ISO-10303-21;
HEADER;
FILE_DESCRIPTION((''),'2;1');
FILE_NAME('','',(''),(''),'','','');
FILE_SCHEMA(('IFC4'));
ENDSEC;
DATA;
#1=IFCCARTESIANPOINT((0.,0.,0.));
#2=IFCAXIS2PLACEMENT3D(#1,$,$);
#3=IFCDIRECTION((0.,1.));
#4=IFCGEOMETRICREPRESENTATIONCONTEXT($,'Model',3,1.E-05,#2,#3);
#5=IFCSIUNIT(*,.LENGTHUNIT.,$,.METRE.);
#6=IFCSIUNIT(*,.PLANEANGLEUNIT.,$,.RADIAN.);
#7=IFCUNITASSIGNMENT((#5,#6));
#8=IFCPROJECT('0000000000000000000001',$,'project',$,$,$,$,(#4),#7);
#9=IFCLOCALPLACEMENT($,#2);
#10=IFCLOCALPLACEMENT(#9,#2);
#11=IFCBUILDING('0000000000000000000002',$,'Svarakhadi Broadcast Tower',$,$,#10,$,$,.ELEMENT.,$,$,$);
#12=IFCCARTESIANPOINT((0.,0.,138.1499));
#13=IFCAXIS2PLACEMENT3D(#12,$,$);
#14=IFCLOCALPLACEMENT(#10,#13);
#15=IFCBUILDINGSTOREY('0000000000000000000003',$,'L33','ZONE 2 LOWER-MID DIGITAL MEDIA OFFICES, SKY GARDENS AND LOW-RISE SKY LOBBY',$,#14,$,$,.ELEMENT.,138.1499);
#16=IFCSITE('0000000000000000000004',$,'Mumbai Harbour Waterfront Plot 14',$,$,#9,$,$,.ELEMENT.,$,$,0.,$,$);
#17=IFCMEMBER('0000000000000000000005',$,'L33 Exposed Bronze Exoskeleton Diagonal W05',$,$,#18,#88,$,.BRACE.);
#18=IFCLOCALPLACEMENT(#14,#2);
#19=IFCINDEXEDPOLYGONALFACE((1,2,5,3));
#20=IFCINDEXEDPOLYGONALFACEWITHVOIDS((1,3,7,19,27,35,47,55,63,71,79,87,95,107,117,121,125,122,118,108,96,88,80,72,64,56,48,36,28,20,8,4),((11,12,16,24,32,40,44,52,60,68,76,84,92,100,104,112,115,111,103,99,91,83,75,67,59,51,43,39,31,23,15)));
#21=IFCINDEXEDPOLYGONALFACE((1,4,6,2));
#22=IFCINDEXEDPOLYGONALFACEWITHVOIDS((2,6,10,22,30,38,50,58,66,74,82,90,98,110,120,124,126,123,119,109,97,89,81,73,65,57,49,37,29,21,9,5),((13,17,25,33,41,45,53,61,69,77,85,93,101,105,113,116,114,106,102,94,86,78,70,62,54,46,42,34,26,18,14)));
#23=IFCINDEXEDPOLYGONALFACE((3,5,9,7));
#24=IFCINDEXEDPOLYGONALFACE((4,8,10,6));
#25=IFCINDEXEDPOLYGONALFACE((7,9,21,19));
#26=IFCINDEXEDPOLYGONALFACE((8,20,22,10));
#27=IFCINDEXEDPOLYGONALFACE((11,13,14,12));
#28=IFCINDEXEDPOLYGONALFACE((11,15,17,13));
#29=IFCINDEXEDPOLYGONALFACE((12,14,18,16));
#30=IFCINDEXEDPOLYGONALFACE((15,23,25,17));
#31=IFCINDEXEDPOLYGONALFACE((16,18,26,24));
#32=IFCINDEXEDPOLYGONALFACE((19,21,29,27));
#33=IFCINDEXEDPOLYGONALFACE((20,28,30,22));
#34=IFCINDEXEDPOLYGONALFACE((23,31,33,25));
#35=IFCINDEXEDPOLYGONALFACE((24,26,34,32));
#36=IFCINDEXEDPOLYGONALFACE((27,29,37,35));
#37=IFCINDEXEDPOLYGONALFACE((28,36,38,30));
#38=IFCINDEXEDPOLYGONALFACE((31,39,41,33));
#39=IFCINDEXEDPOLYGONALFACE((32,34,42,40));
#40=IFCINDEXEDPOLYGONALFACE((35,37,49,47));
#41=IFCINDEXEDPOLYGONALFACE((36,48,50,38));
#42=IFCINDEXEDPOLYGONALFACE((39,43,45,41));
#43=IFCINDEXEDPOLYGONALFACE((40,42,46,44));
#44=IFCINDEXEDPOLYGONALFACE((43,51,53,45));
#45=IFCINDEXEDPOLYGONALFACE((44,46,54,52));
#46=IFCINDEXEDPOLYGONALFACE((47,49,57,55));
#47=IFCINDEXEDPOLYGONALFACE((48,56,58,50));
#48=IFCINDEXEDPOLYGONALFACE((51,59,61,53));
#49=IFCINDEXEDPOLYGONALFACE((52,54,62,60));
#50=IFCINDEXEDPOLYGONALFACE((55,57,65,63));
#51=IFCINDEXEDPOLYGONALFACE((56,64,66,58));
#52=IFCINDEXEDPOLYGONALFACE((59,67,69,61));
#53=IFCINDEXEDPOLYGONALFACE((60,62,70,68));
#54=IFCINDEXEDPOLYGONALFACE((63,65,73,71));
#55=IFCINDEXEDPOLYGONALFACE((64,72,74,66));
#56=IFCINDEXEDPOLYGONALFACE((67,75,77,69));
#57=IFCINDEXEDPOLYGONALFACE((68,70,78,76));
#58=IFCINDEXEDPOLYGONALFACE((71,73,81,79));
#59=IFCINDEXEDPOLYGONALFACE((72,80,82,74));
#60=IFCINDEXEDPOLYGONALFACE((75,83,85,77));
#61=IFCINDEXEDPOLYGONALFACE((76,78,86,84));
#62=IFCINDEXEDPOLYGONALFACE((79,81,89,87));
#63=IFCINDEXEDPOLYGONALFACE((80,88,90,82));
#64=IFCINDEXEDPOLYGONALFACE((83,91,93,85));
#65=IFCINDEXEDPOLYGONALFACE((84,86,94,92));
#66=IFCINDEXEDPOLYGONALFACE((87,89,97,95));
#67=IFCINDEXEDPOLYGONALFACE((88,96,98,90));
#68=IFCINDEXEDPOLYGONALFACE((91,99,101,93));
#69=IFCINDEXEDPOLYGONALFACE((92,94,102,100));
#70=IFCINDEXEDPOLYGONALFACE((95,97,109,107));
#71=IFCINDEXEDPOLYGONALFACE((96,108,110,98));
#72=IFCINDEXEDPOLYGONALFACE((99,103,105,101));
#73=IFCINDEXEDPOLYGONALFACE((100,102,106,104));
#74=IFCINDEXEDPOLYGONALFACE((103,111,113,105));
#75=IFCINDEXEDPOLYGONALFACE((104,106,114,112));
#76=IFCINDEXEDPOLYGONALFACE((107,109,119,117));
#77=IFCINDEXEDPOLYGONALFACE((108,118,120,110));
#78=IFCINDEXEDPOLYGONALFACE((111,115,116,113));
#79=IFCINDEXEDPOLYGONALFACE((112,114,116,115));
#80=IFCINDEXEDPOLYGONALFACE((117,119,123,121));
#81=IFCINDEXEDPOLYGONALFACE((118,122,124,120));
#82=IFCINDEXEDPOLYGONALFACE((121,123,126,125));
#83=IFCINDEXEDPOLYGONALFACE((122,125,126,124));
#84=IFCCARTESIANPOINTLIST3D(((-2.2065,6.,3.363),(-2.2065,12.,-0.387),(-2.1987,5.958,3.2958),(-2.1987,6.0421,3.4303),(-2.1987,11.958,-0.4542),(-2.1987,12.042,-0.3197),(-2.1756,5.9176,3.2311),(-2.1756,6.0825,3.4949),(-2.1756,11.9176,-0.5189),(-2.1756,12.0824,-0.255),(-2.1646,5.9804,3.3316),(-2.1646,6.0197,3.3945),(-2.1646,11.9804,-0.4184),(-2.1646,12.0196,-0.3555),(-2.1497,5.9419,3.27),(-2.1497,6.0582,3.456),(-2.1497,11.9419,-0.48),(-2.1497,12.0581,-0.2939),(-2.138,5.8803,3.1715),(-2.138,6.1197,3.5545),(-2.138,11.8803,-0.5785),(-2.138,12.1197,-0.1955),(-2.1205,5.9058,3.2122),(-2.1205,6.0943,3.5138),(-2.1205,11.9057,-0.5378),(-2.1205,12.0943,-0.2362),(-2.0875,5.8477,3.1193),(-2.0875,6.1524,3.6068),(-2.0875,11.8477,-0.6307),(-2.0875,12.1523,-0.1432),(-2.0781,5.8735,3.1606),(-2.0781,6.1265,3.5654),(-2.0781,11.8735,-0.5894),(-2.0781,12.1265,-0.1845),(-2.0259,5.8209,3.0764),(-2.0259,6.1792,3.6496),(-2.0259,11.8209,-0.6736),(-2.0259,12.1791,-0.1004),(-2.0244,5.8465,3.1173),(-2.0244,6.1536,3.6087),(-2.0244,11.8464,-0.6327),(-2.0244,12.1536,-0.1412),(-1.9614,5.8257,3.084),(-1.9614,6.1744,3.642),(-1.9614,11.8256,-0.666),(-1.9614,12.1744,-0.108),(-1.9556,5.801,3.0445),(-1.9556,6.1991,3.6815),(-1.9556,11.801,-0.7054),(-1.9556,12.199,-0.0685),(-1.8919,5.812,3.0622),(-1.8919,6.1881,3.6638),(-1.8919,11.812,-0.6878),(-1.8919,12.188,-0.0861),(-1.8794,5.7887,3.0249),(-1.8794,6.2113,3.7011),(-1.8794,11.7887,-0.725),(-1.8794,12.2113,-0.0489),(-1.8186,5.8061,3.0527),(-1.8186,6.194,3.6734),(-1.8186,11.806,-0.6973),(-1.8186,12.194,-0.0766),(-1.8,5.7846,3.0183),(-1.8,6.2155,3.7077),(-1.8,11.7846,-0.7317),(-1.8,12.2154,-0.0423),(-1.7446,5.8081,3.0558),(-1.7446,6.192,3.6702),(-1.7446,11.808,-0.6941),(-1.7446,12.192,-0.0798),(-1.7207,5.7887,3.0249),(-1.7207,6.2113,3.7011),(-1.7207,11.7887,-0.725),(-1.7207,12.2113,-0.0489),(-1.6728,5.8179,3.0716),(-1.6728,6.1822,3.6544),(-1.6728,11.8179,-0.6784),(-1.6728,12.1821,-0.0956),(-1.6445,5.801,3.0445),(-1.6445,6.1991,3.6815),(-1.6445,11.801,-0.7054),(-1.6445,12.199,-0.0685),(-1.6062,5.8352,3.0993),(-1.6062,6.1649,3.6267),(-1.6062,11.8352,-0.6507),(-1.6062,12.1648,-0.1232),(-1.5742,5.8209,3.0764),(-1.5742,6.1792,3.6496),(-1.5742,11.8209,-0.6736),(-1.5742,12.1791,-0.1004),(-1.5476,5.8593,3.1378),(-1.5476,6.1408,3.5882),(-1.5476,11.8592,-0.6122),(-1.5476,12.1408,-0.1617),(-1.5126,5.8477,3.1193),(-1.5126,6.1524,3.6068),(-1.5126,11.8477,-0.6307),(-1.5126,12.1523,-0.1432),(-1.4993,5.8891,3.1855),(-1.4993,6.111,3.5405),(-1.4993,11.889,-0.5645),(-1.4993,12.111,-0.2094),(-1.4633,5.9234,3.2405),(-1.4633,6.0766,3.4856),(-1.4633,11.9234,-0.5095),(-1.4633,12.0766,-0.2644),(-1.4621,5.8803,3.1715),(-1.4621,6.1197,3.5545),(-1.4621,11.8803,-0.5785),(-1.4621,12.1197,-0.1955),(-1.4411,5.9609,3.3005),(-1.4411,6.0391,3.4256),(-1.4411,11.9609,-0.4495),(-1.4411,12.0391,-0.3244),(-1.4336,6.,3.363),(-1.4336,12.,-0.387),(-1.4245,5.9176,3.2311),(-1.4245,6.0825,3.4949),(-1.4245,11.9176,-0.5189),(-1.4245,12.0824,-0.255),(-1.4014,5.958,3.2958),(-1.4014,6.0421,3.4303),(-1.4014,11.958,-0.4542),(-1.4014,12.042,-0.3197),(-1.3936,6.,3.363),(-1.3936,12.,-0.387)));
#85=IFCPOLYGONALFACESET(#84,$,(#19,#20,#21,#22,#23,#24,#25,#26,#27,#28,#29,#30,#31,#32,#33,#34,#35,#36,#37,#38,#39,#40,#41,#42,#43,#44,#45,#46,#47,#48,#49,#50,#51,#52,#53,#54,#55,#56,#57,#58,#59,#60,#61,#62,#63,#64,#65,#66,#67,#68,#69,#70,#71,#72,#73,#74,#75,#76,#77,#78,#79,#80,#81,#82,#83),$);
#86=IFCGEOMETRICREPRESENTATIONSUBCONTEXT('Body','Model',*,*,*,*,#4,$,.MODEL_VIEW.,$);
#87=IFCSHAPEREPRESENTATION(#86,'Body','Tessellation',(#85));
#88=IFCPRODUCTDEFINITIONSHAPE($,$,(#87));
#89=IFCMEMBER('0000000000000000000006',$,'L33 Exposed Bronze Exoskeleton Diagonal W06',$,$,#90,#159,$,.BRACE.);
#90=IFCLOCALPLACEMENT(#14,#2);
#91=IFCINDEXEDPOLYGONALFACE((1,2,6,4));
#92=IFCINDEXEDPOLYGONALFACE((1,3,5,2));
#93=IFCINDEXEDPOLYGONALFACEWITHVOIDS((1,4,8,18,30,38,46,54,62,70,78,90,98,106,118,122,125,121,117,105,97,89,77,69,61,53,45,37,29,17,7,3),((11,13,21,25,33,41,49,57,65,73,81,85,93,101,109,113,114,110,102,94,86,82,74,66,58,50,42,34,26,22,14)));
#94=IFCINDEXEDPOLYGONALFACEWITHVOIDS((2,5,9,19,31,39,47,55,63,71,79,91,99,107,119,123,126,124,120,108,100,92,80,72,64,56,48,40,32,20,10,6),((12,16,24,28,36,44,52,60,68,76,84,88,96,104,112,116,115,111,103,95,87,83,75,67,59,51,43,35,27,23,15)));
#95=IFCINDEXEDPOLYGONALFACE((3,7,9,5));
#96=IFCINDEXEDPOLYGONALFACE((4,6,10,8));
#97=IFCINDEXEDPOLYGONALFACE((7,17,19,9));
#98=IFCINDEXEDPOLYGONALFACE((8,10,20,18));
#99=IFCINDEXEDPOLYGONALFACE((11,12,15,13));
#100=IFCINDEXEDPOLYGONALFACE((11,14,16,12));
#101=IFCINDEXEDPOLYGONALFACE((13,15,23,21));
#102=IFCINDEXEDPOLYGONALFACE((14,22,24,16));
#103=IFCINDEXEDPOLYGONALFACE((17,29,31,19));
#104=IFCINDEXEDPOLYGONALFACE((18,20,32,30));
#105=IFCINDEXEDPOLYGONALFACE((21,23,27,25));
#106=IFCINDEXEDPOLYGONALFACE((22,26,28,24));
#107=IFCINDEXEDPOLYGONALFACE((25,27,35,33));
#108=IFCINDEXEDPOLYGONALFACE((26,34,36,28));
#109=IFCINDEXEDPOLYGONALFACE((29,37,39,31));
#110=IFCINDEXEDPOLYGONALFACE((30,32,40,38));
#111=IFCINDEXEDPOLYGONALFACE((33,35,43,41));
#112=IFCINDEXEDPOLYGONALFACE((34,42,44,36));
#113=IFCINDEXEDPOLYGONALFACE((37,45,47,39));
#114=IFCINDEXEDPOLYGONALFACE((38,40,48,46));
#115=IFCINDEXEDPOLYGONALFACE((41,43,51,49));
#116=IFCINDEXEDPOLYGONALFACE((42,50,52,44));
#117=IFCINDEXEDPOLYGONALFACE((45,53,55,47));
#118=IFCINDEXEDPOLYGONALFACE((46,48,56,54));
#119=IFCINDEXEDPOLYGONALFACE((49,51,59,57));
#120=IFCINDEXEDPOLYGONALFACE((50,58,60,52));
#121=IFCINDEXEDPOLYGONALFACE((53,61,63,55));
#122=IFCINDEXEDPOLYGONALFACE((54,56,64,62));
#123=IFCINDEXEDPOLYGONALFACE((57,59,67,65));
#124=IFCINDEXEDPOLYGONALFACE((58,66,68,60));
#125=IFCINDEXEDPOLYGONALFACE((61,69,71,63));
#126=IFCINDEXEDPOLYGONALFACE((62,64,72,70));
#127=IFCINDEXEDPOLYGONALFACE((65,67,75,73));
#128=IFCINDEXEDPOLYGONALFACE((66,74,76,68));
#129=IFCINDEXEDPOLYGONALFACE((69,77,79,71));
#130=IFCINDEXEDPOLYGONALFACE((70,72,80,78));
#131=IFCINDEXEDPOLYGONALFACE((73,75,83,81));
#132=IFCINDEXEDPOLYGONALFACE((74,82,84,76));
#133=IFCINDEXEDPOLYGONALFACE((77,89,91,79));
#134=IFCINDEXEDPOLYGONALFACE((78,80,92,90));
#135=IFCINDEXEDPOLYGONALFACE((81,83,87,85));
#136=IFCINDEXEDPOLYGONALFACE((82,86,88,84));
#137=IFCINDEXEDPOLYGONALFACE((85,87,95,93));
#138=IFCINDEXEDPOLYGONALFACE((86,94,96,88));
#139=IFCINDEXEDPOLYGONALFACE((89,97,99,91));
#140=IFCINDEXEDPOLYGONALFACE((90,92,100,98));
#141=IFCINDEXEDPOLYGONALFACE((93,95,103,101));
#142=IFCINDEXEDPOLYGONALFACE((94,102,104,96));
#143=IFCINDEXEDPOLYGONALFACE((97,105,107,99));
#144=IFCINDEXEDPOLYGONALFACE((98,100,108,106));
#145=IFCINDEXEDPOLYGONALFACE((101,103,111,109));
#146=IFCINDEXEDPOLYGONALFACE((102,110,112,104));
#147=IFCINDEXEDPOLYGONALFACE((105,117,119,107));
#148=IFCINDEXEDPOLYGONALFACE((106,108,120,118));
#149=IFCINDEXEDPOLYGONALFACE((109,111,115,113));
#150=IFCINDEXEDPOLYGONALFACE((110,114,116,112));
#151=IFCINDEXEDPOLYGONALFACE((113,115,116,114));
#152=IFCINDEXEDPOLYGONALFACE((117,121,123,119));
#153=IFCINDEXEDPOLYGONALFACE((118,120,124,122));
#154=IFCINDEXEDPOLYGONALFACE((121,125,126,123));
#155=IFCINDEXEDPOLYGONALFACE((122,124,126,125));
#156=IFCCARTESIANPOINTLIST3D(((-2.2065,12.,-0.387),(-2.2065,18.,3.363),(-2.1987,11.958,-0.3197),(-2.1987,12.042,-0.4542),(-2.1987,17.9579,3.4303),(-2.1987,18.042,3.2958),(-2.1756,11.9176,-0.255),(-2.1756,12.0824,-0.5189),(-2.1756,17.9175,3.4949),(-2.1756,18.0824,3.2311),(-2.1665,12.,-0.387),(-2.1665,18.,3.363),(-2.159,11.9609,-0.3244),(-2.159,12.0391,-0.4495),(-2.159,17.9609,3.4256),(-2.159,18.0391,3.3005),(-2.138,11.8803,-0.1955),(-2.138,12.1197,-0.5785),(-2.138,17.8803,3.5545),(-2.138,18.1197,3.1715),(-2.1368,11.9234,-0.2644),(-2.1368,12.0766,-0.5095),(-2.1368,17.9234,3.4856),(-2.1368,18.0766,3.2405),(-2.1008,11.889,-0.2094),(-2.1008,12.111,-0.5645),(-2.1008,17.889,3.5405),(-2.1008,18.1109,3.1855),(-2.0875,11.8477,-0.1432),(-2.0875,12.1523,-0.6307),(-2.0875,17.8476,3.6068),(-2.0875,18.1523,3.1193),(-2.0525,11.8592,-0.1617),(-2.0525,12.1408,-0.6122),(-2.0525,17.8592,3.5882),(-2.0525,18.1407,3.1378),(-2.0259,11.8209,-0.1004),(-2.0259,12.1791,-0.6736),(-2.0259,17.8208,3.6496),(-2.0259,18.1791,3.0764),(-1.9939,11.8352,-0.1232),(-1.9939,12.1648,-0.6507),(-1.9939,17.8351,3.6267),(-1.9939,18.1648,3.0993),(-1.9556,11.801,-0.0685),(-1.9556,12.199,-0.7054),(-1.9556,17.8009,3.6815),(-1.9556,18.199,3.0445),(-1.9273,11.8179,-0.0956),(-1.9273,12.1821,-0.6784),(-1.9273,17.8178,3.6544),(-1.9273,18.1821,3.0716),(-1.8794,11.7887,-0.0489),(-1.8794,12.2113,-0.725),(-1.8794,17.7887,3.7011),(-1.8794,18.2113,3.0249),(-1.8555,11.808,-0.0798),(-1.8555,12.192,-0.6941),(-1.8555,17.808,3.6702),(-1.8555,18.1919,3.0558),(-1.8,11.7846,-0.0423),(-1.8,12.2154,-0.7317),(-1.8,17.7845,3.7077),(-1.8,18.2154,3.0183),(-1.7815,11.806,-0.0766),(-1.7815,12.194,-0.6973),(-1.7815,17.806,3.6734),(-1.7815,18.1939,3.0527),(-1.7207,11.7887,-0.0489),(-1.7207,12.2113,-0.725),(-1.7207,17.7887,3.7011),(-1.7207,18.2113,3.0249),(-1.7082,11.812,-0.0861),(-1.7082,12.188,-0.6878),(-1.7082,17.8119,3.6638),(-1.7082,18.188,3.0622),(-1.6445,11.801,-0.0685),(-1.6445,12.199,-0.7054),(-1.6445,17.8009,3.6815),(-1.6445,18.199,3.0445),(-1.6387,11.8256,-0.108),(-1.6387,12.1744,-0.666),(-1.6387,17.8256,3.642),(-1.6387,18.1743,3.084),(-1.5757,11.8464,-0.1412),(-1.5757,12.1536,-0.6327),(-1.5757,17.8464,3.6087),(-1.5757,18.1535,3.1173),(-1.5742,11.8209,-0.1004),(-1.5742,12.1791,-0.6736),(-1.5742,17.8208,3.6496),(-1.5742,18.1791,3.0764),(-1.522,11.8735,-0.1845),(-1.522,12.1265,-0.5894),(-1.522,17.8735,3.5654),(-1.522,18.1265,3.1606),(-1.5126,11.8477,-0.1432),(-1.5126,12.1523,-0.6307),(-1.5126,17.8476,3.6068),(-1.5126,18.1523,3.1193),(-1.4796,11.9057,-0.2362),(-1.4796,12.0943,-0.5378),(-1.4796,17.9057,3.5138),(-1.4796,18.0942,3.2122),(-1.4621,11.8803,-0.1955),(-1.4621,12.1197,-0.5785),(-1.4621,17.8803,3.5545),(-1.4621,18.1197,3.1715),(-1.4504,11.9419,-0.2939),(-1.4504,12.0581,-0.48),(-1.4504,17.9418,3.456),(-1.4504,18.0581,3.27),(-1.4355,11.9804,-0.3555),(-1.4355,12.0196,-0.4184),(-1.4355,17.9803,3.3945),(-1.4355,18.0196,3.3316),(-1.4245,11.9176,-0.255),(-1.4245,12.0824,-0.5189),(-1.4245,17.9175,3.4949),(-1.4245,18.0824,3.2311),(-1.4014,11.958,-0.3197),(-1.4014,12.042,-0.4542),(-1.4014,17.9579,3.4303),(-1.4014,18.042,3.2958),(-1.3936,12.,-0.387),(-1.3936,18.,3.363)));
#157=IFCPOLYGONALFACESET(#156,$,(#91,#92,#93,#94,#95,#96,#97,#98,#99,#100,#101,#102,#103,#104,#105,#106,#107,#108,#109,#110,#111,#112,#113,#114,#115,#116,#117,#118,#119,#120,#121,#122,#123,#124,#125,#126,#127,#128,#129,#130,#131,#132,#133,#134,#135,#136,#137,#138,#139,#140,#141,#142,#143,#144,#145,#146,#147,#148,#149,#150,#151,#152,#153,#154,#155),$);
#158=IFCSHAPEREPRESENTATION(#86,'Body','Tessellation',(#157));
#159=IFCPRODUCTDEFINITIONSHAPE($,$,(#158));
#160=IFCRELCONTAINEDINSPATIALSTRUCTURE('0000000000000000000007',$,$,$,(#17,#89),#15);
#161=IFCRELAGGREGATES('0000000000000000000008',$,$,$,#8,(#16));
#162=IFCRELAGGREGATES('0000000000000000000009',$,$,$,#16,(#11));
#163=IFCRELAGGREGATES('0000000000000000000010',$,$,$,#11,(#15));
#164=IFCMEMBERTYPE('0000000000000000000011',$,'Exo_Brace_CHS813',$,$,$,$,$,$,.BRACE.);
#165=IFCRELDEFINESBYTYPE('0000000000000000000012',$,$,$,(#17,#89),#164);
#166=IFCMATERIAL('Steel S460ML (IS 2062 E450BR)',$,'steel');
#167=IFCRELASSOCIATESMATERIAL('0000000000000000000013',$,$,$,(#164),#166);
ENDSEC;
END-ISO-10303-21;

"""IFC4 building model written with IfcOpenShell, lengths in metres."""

from ifc_helpers import new_model, si_unit, direction, frame, origin, origin_2d, place, context, subcontext, project, spatial, hollow_circle, extrude, material, material_profile, profile_set, type_object, element, save


model = new_model("IFC4")

# Units and contexts
model_context = context("Model", 3, precision=1e-05, world=origin(), true_north=direction((0.0, 1.0)))
body_context = subcontext(model_context, "Body", "Model", "MODEL_VIEW")
ifc_project = project(units=[si_unit("LENGTHUNIT", "METRE"), si_unit("PLANEANGLEUNIT", "RADIAN")], contexts=[model_context])

# Site, building, storey
site_placement = place(None, origin())
site = spatial("IfcSite", under=ifc_project, at=site_placement, Name="Mumbai Harbour Waterfront Plot 14", CompositionType="ELEMENT", RefElevation=0.0)
building_placement = place(site_placement, origin())
building = spatial("IfcBuilding", under=site, at=building_placement, Name="Svarakhadi Broadcast Tower", CompositionType="ELEMENT")
storey_placement = place(building_placement, frame((0.0, 0.0, 138.1499)))
storey = spatial("IfcBuildingStorey", under=building, at=storey_placement, Name="L33", Description="ZONE 2 LOWER-MID DIGITAL MEDIA OFFICES, SKY GARDENS AND LOW-RISE SKY LOBBY", CompositionType="ELEMENT", Elevation=138.1499)

# Shared definitions
ifc_material_1 = material(Name="Steel S460ML (IS 2062 E450BR)", Category="steel")

# Members
ifc_material_profile_1 = material_profile(ifc_material_1, hollow_circle(Radius=0.4065, WallThickness=0.04, at=origin_2d()), Name="CHS 813x40")
ifc_profile_set_1 = profile_set([ifc_material_profile_1], Name="Steel S460ML (IS 2062 E450BR)")
member_type_1 = type_object("IfcMemberType", Name="Exo_Brace_CHS813", PredefinedType="BRACE", material=ifc_profile_set_1)
for number, where, z_axis, x_axis, name in (
    (1, (-1.8, 12.0, -0.387), (0.0, -0.847998, 0.529999), (1.0, 0.0, 0.0), "L33 Exposed Bronze Exoskeleton Diagonal W05"),
    (2, (-1.8, 12.0, -0.387), (0.0, 0.847998, 0.529999), (-1.0, 0.0, 0.0), "L33 Exposed Bronze Exoskeleton Diagonal W06"),
):
    element("IfcMember", number, at=place(storey_placement, frame(where, z_axis=z_axis, x_axis=x_axis)), inside=storey, type_object=member_type_1, Name=name, PredefinedType="BRACE", context=body_context, shape_type="SweptSolid", body=[
        extrude(hollow_circle(Radius=0.4065, WallThickness=0.04, at=origin_2d()), origin(), (0.0, 0.0, 1.0), 7.0754),
    ])

save(model, "model.ifc")
